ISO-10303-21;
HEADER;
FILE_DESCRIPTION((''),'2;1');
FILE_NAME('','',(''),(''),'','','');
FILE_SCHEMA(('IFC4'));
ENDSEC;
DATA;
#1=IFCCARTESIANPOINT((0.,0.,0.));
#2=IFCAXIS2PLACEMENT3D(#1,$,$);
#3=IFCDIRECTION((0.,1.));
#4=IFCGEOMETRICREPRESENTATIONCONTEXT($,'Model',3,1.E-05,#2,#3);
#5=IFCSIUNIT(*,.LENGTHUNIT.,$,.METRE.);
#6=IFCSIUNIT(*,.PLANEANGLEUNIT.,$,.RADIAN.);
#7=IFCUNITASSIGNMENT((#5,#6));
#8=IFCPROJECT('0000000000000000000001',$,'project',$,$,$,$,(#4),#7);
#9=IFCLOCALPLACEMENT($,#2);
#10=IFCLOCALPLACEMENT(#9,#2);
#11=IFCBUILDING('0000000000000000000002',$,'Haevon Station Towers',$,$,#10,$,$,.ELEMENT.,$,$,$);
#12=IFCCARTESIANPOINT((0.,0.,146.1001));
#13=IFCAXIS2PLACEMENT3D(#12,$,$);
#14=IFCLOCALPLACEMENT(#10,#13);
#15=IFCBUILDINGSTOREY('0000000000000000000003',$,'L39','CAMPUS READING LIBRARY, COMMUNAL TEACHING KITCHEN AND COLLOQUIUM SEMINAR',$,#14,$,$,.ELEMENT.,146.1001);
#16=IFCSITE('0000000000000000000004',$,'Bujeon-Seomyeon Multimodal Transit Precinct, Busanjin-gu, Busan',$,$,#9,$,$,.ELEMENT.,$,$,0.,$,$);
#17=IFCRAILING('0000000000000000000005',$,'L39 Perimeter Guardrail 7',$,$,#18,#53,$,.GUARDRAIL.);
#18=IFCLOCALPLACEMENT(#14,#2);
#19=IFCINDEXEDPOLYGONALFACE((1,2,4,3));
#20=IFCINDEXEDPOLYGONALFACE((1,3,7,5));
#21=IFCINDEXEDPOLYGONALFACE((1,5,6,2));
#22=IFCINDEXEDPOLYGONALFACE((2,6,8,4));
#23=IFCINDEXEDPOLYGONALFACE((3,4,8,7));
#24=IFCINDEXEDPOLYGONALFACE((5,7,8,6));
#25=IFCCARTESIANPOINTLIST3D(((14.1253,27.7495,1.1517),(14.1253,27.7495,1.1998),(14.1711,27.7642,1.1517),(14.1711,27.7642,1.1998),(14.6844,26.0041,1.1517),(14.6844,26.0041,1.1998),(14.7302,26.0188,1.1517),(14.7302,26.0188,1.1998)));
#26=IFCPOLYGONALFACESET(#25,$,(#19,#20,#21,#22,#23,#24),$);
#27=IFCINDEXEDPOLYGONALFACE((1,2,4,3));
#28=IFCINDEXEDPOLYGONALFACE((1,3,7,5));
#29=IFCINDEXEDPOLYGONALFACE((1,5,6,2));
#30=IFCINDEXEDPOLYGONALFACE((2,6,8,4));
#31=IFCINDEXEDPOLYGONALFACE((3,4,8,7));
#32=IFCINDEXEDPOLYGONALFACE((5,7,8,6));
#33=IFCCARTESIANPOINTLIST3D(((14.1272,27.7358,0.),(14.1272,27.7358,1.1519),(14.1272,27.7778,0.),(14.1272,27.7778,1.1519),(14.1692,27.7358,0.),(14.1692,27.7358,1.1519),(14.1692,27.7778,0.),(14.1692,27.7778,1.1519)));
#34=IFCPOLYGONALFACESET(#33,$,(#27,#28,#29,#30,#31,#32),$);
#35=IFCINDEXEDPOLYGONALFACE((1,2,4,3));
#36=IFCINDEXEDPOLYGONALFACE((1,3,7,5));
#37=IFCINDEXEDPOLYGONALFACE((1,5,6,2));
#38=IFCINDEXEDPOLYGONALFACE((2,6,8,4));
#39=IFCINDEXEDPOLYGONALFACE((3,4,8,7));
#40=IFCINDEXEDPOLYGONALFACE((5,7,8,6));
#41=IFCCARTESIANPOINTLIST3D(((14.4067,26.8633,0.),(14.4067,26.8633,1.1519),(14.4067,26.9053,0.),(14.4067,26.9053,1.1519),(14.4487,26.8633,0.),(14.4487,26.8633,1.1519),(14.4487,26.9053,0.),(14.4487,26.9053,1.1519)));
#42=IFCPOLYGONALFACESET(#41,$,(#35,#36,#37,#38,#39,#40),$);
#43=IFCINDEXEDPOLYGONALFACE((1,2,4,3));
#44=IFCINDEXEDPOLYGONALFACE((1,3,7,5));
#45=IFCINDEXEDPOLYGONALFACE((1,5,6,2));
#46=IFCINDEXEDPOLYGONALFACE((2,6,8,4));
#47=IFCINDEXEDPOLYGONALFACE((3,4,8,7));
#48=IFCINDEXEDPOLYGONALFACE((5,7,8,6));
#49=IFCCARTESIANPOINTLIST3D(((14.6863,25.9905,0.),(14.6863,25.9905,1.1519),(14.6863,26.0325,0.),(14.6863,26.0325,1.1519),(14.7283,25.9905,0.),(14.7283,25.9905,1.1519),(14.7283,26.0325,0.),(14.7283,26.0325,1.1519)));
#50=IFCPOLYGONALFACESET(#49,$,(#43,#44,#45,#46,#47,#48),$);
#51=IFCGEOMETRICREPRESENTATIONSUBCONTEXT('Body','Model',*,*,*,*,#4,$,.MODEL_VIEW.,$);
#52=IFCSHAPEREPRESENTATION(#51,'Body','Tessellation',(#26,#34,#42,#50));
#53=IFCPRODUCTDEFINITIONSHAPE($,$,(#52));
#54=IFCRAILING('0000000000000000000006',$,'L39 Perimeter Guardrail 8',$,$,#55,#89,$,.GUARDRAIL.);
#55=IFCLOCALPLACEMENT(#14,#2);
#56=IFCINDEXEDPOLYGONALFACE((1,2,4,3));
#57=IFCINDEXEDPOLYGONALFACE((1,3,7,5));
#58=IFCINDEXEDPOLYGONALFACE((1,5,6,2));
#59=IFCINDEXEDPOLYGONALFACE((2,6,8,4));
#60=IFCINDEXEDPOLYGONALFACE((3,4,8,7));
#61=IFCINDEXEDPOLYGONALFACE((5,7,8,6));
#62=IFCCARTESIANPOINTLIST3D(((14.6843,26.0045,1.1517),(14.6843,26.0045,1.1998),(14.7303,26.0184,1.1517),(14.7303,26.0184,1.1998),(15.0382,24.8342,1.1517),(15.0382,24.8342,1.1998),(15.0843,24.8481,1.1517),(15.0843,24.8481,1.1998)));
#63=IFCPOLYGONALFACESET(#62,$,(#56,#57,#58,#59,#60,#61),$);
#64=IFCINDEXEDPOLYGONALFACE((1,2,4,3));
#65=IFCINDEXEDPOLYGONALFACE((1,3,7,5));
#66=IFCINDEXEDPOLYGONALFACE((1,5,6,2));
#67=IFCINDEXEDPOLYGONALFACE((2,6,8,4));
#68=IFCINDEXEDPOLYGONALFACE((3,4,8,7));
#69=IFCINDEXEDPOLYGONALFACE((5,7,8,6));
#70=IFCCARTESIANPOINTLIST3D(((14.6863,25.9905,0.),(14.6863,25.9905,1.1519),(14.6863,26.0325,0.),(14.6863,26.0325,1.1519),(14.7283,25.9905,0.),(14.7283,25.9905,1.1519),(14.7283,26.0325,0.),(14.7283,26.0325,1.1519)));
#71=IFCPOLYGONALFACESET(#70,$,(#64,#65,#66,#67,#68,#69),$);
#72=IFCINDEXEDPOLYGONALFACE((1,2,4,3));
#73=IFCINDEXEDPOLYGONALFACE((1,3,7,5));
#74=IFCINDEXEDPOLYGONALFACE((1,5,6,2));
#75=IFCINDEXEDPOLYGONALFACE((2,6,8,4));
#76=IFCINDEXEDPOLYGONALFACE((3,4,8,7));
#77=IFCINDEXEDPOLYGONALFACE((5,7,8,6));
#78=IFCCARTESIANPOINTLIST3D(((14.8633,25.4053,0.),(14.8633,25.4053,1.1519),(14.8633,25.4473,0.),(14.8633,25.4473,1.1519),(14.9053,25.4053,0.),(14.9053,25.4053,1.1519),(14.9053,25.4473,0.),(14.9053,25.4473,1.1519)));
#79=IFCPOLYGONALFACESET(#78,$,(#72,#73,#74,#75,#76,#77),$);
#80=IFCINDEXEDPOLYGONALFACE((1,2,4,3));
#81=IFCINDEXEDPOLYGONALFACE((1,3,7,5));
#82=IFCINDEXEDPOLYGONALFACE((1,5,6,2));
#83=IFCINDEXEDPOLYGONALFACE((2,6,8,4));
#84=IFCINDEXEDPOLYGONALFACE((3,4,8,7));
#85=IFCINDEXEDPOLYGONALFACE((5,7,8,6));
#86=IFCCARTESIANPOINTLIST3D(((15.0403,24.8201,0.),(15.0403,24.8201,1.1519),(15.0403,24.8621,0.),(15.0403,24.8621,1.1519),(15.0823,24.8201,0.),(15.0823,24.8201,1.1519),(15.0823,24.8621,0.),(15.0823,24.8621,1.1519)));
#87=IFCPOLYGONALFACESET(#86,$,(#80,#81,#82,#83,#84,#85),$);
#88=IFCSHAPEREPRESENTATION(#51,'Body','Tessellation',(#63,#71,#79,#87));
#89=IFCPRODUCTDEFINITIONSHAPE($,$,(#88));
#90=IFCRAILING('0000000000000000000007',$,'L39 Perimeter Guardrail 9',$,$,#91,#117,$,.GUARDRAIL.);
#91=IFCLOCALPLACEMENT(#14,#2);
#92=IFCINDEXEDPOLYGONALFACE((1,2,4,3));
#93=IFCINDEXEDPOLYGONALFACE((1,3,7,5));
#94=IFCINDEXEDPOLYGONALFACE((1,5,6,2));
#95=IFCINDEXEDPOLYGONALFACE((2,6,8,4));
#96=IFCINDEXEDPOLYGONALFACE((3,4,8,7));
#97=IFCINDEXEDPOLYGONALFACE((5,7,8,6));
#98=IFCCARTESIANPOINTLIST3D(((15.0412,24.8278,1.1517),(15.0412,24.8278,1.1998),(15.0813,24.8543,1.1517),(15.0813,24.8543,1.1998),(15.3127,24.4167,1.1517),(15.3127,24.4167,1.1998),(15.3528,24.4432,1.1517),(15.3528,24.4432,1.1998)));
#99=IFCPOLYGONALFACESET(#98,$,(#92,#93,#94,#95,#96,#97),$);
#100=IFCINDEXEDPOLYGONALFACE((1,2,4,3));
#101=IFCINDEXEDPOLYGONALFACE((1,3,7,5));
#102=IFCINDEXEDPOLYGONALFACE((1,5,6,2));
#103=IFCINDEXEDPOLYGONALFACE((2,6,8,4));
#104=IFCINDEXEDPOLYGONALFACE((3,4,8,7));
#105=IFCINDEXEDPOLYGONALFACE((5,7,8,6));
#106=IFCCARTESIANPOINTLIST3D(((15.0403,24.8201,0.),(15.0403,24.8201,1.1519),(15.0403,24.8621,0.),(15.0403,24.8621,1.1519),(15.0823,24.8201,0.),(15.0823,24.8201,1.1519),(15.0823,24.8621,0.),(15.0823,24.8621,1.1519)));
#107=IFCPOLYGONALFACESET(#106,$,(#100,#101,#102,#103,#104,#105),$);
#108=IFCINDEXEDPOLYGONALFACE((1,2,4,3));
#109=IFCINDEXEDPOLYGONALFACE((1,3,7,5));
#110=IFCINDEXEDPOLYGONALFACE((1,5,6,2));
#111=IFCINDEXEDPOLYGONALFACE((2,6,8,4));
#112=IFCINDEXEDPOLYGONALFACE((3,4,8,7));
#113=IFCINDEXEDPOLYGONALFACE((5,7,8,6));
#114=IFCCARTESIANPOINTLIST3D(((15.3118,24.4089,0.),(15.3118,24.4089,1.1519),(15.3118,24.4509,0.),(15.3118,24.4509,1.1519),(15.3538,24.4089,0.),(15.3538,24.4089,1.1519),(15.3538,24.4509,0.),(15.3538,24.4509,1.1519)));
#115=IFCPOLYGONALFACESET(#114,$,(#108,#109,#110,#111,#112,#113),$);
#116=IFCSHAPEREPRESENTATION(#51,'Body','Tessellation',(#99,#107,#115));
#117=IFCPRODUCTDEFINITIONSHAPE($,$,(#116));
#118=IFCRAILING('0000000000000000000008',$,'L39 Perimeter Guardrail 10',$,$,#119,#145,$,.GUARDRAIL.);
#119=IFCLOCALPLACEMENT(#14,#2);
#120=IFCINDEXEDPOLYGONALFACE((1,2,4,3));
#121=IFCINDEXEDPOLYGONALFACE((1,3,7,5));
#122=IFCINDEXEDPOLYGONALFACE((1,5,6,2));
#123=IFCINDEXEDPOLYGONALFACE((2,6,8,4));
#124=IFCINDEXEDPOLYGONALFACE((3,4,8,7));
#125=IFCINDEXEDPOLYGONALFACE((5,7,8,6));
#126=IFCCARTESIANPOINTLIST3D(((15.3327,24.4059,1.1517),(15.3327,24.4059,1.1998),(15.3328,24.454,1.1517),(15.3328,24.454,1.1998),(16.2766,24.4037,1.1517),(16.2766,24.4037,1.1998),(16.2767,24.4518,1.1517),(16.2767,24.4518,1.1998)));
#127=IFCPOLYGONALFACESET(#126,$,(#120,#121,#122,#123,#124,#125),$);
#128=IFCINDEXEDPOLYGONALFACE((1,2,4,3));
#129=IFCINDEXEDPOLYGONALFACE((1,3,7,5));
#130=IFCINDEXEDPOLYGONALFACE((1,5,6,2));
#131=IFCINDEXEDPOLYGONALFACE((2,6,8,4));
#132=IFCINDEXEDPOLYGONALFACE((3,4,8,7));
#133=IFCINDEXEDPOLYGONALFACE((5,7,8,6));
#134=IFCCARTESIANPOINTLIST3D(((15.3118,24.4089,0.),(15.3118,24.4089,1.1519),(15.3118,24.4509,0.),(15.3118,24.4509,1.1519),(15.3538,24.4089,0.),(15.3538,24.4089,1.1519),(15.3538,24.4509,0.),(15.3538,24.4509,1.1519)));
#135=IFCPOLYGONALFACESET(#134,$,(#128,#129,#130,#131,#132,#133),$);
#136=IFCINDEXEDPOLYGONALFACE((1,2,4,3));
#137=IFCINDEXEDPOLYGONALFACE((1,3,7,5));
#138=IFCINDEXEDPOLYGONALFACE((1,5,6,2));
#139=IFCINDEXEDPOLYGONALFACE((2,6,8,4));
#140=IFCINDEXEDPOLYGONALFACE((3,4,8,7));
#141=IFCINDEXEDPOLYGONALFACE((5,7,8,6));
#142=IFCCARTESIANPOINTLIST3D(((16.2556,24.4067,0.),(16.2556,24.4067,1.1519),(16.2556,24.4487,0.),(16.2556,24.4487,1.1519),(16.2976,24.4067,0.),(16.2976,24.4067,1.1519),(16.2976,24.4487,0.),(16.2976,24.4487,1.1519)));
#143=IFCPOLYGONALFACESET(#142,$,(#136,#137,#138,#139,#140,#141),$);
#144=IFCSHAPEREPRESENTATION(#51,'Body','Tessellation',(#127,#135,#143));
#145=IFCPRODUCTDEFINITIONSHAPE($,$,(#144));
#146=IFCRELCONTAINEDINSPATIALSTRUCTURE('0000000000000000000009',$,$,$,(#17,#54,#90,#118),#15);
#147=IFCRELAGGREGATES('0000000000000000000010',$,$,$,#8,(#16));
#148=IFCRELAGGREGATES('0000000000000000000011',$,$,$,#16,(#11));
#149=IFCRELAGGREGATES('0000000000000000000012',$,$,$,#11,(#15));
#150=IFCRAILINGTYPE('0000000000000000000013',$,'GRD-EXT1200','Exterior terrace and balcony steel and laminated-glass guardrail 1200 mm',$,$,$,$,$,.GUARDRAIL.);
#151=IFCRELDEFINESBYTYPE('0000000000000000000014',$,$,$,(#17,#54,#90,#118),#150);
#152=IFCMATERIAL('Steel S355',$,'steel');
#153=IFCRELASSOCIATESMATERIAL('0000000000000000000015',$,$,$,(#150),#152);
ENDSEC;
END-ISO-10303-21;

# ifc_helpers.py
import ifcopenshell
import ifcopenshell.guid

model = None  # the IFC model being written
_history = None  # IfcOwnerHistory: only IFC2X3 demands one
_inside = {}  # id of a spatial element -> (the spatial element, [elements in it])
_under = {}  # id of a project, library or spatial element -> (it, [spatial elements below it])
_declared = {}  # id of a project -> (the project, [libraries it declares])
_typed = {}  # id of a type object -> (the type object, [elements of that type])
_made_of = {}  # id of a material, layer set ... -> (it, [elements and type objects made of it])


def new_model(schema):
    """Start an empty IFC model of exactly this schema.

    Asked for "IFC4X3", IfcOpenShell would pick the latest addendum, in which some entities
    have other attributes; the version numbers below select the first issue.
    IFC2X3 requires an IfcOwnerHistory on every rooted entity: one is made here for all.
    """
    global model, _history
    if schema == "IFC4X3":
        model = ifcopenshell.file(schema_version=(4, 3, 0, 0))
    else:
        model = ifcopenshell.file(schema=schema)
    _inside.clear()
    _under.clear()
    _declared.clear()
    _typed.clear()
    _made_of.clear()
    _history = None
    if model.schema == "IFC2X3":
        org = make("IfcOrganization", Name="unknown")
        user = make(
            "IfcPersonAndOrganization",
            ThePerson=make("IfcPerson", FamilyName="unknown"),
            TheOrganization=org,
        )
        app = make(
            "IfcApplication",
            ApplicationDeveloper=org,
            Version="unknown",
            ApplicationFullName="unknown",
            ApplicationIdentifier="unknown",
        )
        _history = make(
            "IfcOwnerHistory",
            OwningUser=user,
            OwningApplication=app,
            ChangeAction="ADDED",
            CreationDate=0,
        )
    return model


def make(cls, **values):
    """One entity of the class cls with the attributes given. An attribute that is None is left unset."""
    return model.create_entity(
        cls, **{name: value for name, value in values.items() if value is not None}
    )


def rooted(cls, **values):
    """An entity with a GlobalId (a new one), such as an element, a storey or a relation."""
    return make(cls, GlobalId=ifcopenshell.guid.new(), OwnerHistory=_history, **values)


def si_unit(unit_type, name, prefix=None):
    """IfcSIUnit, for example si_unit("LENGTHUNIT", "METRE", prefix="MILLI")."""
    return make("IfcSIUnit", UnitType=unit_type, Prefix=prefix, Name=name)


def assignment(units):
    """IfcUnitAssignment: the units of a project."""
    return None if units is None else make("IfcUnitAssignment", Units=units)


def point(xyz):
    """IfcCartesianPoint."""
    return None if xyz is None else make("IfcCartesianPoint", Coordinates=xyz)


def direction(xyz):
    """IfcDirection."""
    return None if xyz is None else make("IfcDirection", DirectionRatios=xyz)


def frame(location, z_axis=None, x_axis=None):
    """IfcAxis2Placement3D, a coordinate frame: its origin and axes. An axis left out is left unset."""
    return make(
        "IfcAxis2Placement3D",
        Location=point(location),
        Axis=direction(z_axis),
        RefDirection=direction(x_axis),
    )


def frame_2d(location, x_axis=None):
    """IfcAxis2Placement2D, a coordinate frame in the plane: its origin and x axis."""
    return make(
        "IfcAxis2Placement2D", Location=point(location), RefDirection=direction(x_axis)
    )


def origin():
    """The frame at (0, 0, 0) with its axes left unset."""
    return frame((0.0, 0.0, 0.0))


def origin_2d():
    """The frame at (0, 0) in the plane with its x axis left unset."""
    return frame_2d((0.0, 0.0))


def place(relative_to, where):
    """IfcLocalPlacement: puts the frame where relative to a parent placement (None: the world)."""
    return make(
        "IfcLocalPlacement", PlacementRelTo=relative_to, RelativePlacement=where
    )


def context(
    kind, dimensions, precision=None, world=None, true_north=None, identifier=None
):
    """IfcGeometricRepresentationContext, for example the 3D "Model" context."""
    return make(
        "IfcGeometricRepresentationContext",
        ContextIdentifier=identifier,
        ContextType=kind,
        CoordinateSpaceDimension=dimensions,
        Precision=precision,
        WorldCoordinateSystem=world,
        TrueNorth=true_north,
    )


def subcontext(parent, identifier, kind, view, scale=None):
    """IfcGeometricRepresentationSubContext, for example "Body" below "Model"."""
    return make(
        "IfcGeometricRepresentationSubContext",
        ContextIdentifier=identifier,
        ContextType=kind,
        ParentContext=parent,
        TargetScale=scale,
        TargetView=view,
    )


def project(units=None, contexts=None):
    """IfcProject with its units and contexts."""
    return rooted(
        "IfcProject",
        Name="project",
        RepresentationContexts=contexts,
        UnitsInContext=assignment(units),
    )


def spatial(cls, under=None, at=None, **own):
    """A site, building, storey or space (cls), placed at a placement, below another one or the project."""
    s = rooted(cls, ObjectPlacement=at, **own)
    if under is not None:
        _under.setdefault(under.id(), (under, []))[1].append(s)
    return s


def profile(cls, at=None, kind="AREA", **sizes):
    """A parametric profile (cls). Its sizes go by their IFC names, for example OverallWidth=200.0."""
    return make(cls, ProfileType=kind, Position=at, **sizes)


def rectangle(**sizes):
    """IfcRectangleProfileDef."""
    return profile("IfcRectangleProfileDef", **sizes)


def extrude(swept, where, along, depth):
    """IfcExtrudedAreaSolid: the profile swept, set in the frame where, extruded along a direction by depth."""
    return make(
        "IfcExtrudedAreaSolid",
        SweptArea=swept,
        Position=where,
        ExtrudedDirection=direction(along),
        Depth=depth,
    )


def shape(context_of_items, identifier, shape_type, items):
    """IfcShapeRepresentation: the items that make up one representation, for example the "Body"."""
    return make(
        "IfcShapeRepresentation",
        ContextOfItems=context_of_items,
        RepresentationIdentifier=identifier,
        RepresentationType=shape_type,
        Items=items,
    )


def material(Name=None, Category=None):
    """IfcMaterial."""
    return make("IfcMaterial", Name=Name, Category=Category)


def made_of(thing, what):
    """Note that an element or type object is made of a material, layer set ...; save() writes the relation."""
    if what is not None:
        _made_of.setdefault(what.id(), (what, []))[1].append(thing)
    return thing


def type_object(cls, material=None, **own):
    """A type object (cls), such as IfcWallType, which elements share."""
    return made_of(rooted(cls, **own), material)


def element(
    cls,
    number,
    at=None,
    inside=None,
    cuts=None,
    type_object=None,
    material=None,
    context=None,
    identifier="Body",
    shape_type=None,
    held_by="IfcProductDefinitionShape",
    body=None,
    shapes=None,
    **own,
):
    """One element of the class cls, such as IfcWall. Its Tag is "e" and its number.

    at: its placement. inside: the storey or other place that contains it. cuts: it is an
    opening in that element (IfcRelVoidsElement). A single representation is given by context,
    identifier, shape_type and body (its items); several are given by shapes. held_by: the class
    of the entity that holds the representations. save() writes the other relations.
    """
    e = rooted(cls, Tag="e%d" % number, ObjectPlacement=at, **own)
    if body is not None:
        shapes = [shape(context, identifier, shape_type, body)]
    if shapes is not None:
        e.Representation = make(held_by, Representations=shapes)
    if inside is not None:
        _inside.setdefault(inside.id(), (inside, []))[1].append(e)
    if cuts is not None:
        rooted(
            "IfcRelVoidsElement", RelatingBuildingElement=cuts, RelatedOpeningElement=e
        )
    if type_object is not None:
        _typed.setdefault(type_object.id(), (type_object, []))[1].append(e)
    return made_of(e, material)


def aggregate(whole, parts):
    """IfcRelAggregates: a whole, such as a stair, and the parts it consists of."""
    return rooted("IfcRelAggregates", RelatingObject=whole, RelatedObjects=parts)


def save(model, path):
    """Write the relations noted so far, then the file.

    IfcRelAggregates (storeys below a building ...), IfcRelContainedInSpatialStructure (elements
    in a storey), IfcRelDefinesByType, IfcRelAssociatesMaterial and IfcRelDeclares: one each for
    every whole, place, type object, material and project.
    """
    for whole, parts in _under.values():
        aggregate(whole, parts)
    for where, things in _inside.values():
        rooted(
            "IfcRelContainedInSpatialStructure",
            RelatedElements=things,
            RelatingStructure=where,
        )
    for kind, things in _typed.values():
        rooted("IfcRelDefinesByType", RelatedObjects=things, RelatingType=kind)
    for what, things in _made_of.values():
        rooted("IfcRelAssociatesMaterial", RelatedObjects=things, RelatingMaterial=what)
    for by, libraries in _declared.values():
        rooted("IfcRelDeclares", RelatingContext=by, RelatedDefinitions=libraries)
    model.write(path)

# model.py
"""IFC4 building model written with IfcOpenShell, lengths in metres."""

from ifc_helpers import new_model, si_unit, direction, frame, origin, origin_2d, place, context, subcontext, project, spatial, rectangle, extrude, material, type_object, element, save


model = new_model("IFC4")

# Units and contexts
model_context = context("Model", 3, precision=1e-05, world=origin(), true_north=direction((0.0, 1.0)))
body_context = subcontext(model_context, "Body", "Model", "MODEL_VIEW")
ifc_project = project(units=[si_unit("LENGTHUNIT", "METRE"), si_unit("PLANEANGLEUNIT", "RADIAN")], contexts=[model_context])

# Site, building, storey
site_placement = place(None, origin())
site = spatial("IfcSite", under=ifc_project, at=site_placement, Name="Bujeon-Seomyeon Multimodal Transit Precinct, Busanjin-gu, Busan", CompositionType="ELEMENT", RefElevation=0.0)
building_placement = place(site_placement, origin())
building = spatial("IfcBuilding", under=site, at=building_placement, Name="Haevon Station Towers", CompositionType="ELEMENT")
storey_placement = place(building_placement, frame((0.0, 0.0, 146.1001)))
storey = spatial("IfcBuildingStorey", under=building, at=storey_placement, Name="L39", Description="CAMPUS READING LIBRARY, COMMUNAL TEACHING KITCHEN AND COLLOQUIUM SEMINAR", CompositionType="ELEMENT", Elevation=146.1001)

# Shared definitions
ifc_material_1 = material(Name="Steel S355", Category="steel")

# Railings
railing_type = type_object("IfcRailingType", Name="GRD-EXT1200", Description="Exterior terrace and balcony steel and laminated-glass guardrail 1200 mm", PredefinedType="GUARDRAIL", material=ifc_material_1)
railing_1_placement = place(storey_placement, frame((14.1482, 27.7568, 0.0)))
element("IfcRailing", 1, at=railing_1_placement, inside=storey, type_object=railing_type, Name="L39 Perimeter Guardrail 7", PredefinedType="GUARDRAIL", context=body_context, shape_type="SweptSolid", body=[
    extrude(rectangle(XDim=0.0481, YDim=0.0481, at=origin_2d()), frame((0.0, 0.0, 1.1758), z_axis=(0.305056, -0.952334, 0.0), x_axis=(0.952334, 0.305056, 0.0)), (0.0, 0.0, 1.0), 1.8328),
    extrude(rectangle(XDim=0.042, YDim=0.042, at=origin_2d()), origin(), (0.0, 0.0, 1.0), 1.1519),
    extrude(rectangle(XDim=0.042, YDim=0.042, at=origin_2d()), frame((0.2795, -0.8726, 0.0)), (0.0, 0.0, 1.0), 1.1519),
    extrude(rectangle(XDim=0.042, YDim=0.042, at=origin_2d()), frame((0.5591, -1.7454, 0.0)), (0.0, 0.0, 1.0), 1.1519),
])
railing_2_placement = place(storey_placement, frame((14.7073, 26.0115, 0.0)))
element("IfcRailing", 2, at=railing_2_placement, inside=storey, type_object=railing_type, Name="L39 Perimeter Guardrail 8", PredefinedType="GUARDRAIL", context=body_context, shape_type="SweptSolid", body=[
    extrude(rectangle(XDim=0.0481, YDim=0.0481, at=origin_2d()), frame((0.0, 0.0, 1.1758), z_axis=(0.289509, -0.957175, 0.0), x_axis=(0.957175, 0.289509, 0.0)), (0.0, 0.0, 1.0), 1.2227),
    extrude(rectangle(XDim=0.042, YDim=0.042, at=origin_2d()), origin(), (0.0, 0.0, 1.0), 1.1519),
    extrude(rectangle(XDim=0.042, YDim=0.042, at=origin_2d()), frame((0.177, -0.5852, 0.0)), (0.0, 0.0, 1.0), 1.1519),
    extrude(rectangle(XDim=0.042, YDim=0.042, at=origin_2d()), frame((0.354, -1.1704, 0.0)), (0.0, 0.0, 1.0), 1.1519),
])
railing_3_placement = place(storey_placement, frame((15.0613, 24.8411, 0.0)))
element("IfcRailing", 3, at=railing_3_placement, inside=storey, type_object=railing_type, Name="L39 Perimeter Guardrail 9", PredefinedType="GUARDRAIL", context=body_context, shape_type="SweptSolid", body=[
    extrude(rectangle(XDim=0.0481, YDim=0.0481, at=origin_2d()), frame((0.0, 0.0, 1.1758), z_axis=(0.551035, -0.834482, 0.0), x_axis=(0.834482, 0.551035, 0.0)), (0.0, 0.0, 1.0), 0.4927),
    extrude(rectangle(XDim=0.042, YDim=0.042, at=origin_2d()), origin(), (0.0, 0.0, 1.0), 1.1519),
    extrude(rectangle(XDim=0.042, YDim=0.042, at=origin_2d()), frame((0.2715, -0.4111, 0.0)), (0.0, 0.0, 1.0), 1.1519),
])
railing_4_placement = place(storey_placement, frame((15.3328, 24.4299, 0.0)))
element("IfcRailing", 4, at=railing_4_placement, inside=storey, type_object=railing_type, Name="L39 Perimeter Guardrail 10", PredefinedType="GUARDRAIL", context=body_context, shape_type="SweptSolid", body=[
    extrude(rectangle(XDim=0.0481, YDim=0.0481, at=origin_2d()), frame((0.0, 0.0, 1.1758), z_axis=(0.999997, -0.002328, 0.0), x_axis=(0.002328, 0.999997, 0.0)), (0.0, 0.0, 1.0), 0.9438),
    extrude(rectangle(XDim=0.042, YDim=0.042, at=origin_2d()), origin(), (0.0, 0.0, 1.0), 1.1519),
    extrude(rectangle(XDim=0.042, YDim=0.042, at=origin_2d()), frame((0.9438, -0.0022, 0.0)), (0.0, 0.0, 1.0), 1.1519),
])

save(model, "model.ifc")
